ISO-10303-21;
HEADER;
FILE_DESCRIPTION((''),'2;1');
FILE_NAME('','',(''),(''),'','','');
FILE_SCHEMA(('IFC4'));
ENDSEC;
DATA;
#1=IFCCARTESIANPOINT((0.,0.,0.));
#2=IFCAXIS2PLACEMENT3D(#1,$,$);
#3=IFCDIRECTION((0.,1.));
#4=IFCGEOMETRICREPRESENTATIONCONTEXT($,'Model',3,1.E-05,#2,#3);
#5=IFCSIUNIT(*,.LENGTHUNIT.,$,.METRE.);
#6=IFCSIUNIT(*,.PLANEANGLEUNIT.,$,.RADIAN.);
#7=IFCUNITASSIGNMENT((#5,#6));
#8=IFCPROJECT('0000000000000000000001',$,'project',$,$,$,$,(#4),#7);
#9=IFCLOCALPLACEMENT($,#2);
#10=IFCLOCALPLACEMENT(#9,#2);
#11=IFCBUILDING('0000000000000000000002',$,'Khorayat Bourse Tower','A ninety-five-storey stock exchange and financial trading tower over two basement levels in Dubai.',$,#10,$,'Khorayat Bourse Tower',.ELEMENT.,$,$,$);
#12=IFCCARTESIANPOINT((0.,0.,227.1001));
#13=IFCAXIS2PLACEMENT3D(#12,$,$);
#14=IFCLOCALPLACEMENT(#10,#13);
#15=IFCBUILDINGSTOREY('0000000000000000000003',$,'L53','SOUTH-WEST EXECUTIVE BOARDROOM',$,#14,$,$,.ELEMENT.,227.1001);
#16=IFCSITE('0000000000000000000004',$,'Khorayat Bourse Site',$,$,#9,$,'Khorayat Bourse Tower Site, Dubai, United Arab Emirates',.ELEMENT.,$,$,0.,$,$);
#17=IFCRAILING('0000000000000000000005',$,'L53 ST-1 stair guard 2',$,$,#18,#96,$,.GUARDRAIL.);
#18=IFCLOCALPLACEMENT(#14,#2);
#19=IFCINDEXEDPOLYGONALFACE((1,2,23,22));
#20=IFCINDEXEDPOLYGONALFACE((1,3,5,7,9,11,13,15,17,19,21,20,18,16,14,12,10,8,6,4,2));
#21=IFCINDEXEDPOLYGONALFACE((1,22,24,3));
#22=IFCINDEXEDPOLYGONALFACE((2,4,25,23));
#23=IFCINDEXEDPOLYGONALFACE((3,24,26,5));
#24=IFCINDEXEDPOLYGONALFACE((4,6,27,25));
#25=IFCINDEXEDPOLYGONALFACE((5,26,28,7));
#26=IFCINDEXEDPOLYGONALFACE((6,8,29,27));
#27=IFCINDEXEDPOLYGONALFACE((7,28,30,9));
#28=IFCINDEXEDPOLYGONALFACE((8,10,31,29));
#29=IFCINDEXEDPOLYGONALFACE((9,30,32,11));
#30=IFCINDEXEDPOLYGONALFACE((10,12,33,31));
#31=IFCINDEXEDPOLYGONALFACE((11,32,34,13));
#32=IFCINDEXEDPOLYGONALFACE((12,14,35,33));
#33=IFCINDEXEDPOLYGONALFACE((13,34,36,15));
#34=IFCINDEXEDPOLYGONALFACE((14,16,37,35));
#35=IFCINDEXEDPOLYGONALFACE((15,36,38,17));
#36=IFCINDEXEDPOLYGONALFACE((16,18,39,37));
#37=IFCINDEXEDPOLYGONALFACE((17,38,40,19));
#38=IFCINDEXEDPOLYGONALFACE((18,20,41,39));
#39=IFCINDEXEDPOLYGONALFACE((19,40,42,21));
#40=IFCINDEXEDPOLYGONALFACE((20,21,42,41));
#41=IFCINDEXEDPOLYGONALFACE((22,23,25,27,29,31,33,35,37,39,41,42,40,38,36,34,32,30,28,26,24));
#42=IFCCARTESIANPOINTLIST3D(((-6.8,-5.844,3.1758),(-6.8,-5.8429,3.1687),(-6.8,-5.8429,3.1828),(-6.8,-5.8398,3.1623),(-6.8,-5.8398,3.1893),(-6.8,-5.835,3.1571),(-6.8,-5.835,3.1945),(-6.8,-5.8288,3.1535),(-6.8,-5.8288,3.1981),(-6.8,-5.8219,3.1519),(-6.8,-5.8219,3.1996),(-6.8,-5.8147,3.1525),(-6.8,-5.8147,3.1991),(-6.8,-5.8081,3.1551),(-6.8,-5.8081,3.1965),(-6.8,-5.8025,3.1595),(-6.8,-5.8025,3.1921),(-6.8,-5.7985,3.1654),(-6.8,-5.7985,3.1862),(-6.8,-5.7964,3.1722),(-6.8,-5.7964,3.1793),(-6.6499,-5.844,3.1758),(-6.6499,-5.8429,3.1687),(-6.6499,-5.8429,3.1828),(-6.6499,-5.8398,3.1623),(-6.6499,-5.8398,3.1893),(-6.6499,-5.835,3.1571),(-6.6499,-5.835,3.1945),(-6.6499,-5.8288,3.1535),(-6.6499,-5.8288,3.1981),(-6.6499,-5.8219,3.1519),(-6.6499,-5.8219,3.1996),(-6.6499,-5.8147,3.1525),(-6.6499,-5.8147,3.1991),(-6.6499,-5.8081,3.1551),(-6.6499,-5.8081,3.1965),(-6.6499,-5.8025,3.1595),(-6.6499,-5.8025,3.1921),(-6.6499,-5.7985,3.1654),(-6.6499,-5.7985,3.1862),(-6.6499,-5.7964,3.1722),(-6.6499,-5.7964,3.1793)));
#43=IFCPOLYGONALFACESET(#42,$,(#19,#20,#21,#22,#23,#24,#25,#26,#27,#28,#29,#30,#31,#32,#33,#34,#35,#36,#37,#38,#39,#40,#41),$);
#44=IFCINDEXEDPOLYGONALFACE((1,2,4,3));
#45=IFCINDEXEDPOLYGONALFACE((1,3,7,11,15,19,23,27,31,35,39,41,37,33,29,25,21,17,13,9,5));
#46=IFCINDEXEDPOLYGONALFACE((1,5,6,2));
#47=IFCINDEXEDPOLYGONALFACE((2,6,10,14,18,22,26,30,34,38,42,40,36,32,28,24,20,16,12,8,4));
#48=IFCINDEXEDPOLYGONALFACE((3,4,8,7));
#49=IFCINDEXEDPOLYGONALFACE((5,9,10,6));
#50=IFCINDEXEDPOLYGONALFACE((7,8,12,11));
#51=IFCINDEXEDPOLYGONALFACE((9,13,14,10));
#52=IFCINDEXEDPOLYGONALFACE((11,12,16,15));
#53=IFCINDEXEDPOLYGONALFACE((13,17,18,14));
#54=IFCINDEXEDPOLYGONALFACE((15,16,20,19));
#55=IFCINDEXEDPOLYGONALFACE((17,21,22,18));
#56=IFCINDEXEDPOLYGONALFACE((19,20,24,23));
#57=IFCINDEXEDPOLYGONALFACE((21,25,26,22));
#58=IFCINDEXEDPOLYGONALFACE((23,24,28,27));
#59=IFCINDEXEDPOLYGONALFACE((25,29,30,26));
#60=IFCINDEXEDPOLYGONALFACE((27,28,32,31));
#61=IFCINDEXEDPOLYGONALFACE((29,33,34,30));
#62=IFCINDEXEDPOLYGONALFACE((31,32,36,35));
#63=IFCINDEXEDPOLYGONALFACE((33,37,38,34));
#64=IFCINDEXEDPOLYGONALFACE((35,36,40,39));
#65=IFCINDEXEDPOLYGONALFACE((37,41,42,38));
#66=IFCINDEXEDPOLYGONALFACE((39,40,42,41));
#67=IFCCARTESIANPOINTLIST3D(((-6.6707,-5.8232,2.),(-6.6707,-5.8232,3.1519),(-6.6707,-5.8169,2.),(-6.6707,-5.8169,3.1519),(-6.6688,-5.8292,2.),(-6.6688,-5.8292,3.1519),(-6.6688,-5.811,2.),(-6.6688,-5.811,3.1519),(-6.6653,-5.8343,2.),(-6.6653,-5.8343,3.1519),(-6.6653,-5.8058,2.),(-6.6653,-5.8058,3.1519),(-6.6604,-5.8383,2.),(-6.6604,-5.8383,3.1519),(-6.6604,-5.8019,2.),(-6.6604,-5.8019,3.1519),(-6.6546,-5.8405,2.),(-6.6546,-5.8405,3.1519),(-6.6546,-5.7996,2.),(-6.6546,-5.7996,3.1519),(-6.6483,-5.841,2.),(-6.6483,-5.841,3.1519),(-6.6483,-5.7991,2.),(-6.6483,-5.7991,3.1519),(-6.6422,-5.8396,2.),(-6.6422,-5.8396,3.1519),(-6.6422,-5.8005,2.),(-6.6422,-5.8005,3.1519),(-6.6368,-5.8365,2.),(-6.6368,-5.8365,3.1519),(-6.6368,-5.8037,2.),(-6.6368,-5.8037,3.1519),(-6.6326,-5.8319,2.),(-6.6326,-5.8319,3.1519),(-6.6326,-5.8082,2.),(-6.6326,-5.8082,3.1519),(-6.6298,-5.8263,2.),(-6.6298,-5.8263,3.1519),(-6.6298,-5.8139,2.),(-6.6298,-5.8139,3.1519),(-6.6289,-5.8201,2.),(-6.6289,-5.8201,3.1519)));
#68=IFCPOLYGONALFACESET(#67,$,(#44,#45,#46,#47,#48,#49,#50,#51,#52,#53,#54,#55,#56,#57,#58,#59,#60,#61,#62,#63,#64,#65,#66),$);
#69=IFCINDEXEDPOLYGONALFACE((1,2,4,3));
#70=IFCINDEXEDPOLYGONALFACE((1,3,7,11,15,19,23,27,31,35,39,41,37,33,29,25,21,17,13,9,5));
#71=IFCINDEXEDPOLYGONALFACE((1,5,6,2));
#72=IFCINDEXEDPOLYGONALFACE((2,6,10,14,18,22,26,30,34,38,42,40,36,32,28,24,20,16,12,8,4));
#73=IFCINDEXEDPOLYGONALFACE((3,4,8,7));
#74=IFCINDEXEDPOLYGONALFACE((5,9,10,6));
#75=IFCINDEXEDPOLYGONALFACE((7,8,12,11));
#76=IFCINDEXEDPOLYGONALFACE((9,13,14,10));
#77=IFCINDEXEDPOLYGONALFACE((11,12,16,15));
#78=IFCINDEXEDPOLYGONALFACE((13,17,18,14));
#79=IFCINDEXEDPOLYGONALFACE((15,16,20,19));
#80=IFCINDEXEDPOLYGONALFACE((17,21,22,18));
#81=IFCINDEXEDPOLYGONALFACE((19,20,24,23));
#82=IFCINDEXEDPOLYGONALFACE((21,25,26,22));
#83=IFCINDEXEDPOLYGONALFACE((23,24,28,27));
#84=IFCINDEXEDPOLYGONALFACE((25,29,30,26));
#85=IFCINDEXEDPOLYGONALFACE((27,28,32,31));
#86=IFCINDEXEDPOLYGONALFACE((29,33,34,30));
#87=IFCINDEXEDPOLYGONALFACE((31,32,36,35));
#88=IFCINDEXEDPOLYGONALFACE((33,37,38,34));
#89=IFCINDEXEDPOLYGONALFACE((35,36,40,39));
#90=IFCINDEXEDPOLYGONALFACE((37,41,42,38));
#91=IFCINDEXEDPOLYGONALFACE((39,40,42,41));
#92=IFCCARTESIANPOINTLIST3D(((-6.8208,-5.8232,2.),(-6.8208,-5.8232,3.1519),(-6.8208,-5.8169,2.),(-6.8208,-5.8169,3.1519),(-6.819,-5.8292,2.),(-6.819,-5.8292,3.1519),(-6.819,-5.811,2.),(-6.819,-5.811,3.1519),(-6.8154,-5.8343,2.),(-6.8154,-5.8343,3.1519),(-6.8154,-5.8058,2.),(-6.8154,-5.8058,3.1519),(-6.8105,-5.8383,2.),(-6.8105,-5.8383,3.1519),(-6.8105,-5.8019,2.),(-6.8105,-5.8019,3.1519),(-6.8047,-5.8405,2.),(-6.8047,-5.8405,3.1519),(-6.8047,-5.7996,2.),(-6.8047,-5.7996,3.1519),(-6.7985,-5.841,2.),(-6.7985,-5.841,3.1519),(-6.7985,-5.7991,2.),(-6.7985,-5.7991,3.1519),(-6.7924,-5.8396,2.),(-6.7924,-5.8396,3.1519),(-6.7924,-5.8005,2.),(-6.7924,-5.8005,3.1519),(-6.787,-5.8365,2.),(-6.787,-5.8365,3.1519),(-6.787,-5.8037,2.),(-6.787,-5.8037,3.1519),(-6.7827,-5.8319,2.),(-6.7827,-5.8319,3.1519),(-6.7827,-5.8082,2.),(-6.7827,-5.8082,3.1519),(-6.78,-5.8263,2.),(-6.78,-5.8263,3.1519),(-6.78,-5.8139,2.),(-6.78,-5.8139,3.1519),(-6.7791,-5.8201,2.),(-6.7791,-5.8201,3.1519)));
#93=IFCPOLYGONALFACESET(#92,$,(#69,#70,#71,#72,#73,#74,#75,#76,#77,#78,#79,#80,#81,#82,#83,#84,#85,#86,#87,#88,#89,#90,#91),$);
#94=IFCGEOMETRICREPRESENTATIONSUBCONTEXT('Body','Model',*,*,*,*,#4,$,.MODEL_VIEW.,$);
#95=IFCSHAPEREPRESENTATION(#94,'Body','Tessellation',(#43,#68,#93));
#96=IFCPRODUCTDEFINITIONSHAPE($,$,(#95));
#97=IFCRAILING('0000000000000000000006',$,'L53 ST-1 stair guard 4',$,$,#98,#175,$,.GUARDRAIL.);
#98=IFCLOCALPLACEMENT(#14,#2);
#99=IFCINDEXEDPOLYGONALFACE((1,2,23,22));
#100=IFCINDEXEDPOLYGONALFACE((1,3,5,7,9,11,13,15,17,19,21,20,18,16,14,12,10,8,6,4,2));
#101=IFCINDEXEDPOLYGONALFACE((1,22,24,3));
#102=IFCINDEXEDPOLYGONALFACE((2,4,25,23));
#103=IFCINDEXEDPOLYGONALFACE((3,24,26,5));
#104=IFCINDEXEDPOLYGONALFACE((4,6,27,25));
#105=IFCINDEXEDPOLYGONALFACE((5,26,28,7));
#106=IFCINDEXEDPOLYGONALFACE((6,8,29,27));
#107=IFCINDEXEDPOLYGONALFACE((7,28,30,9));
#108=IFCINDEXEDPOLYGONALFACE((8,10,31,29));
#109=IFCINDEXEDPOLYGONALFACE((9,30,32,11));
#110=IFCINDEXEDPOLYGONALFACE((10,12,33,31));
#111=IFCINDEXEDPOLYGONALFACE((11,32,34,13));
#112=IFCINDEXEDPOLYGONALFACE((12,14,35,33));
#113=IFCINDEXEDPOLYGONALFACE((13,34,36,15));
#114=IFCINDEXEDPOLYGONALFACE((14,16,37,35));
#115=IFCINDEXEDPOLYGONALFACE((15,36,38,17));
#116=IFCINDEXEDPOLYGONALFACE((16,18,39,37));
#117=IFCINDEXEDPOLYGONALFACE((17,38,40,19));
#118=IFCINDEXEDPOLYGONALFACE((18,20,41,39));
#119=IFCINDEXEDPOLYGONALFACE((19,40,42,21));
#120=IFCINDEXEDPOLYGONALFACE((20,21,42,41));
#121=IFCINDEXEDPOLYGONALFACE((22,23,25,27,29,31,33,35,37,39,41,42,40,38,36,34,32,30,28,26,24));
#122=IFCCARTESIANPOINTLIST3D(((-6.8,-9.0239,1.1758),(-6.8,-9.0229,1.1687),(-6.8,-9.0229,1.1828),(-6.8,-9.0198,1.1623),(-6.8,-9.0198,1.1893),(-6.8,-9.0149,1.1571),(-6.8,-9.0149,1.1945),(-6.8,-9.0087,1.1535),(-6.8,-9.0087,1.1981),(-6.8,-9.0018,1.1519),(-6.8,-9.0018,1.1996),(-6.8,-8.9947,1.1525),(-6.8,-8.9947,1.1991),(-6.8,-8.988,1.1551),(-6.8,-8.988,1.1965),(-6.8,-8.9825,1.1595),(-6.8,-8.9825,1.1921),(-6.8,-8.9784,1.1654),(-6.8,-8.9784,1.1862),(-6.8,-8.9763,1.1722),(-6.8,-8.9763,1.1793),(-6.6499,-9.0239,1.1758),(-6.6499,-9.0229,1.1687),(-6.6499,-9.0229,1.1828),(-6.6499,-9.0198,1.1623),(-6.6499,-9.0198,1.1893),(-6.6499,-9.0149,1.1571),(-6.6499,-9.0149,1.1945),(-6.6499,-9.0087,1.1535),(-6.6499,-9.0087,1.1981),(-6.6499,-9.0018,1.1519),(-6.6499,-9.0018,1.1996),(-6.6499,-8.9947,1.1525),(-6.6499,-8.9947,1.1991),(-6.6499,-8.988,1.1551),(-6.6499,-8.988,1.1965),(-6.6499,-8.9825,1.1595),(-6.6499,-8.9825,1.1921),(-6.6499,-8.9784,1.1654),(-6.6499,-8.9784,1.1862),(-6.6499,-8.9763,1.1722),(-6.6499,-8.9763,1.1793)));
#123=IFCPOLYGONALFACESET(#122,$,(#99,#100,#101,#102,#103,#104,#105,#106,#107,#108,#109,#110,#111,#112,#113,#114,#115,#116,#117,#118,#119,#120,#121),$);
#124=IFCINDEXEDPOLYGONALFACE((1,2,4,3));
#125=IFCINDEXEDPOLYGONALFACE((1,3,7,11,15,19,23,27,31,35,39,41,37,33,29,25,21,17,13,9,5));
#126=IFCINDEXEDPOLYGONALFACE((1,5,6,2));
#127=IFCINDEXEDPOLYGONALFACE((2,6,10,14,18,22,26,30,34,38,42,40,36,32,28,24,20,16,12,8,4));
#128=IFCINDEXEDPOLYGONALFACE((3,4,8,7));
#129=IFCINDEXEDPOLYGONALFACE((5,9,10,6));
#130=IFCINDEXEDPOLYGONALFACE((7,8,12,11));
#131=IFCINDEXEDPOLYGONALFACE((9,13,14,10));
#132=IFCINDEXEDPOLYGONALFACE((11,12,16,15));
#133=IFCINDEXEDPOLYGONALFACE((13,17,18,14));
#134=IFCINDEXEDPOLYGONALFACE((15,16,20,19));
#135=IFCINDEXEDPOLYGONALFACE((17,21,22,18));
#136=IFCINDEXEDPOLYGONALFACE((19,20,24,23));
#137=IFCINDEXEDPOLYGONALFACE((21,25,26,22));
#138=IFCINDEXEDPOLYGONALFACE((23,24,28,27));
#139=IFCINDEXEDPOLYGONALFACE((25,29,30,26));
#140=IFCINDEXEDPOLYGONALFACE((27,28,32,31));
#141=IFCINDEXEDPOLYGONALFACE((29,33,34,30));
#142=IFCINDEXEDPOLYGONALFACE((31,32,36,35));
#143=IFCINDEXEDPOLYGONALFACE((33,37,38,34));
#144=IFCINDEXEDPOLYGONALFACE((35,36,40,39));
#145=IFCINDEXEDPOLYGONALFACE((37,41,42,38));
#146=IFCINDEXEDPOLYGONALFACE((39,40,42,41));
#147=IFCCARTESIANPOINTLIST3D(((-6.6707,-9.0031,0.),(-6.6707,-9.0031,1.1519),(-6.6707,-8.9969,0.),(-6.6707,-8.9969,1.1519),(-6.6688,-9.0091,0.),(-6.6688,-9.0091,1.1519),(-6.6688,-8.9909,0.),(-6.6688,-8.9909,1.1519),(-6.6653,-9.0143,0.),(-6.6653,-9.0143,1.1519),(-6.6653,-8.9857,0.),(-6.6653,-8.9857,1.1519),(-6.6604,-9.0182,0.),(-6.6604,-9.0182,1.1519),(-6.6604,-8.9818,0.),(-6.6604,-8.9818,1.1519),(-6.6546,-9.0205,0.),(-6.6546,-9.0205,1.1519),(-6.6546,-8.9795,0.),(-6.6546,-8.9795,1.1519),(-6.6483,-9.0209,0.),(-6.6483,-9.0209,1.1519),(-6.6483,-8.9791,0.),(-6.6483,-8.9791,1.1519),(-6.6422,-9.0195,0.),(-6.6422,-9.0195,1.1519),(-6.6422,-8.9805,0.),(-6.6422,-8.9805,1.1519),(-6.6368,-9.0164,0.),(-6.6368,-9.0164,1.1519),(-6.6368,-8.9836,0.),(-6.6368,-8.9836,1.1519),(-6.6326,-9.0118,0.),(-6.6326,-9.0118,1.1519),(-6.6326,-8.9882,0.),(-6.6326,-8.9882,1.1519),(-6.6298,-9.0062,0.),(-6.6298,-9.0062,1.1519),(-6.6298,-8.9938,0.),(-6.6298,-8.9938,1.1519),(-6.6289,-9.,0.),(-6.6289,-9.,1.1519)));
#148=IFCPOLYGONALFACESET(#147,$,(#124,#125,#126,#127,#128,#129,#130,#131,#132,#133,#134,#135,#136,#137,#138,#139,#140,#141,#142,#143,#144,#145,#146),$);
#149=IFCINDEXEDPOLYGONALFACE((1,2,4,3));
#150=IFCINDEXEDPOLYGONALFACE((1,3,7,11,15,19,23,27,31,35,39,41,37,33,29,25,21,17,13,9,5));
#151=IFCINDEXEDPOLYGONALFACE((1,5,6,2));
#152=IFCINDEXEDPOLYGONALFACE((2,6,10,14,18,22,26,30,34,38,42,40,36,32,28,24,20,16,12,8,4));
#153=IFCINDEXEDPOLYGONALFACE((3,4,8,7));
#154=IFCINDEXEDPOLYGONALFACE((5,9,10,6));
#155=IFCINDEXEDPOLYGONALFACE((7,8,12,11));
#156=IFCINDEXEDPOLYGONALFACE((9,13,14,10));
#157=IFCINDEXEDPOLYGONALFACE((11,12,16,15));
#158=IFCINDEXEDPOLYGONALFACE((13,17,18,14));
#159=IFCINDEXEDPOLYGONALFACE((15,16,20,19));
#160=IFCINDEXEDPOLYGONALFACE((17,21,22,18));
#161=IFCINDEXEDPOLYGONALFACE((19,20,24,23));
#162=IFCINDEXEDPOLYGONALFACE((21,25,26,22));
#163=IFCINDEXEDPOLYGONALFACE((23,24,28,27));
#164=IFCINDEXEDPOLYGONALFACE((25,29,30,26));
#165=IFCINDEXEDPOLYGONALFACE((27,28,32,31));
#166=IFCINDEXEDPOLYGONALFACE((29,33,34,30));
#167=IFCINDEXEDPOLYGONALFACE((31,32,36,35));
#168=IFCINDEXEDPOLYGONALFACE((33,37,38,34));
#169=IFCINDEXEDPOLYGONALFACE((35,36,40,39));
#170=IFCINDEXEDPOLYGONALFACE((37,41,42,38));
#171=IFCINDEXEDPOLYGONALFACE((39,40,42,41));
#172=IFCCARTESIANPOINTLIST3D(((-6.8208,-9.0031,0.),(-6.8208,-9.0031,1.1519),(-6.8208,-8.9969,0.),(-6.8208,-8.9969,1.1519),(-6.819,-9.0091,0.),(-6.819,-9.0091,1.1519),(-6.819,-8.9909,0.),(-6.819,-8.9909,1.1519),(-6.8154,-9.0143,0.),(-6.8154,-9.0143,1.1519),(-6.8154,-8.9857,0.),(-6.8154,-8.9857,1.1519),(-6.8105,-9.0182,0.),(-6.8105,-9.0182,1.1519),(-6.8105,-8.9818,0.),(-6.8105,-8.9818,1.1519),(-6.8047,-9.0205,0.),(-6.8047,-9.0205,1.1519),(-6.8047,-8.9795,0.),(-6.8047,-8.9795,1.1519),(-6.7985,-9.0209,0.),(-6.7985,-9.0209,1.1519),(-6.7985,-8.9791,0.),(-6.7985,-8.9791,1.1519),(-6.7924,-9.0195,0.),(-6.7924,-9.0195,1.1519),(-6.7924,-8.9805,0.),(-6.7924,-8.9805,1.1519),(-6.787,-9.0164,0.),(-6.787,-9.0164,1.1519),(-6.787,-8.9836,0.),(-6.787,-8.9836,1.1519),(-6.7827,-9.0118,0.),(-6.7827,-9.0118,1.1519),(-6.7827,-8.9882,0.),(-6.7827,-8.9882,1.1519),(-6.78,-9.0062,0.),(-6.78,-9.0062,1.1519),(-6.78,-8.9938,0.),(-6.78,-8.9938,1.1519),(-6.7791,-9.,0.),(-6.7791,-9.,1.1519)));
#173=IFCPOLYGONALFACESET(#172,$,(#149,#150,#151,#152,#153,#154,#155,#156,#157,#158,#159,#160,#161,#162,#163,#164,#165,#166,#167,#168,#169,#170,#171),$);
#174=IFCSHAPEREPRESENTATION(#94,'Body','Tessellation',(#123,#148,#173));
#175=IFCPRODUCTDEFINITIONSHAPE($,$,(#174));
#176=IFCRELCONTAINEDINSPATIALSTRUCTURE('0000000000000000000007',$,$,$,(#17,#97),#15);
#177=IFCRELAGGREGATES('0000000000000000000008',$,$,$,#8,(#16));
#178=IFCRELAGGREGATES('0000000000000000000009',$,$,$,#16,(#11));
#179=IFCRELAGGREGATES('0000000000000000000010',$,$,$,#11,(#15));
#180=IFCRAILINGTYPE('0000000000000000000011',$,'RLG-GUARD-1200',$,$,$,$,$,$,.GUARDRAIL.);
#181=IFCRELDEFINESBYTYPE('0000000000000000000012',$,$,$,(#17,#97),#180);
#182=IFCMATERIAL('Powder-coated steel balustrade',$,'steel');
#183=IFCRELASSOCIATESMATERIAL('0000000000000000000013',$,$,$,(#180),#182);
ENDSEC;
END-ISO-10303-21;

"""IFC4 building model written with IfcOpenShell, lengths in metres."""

from ifc_helpers import new_model, si_unit, direction, frame, origin, origin_2d, place, context, subcontext, project, spatial, circle, extrude, source, transform, mapped, material, type_object, element, save


model = new_model("IFC4")

# Units and contexts
model_context = context("Model", 3, precision=1e-05, world=origin(), true_north=direction((0.0, 1.0)))
body_context = subcontext(model_context, "Body", "Model", "MODEL_VIEW")
ifc_project = project(units=[si_unit("LENGTHUNIT", "METRE"), si_unit("PLANEANGLEUNIT", "RADIAN")], contexts=[model_context])

# Site, building, storey
site_placement = place(None, origin())
site = spatial("IfcSite", under=ifc_project, at=site_placement, Name="Khorayat Bourse Site", LongName="Khorayat Bourse Tower Site, Dubai, United Arab Emirates", CompositionType="ELEMENT", RefElevation=0.0)
building_placement = place(site_placement, origin())
building = spatial("IfcBuilding", under=site, at=building_placement, Name="Khorayat Bourse Tower", Description="A ninety-five-storey stock exchange and financial trading tower over two basement levels in Dubai.", LongName="Khorayat Bourse Tower", CompositionType="ELEMENT")
storey_placement = place(building_placement, frame((0.0, 0.0, 227.1001)))
storey = spatial("IfcBuildingStorey", under=building, at=storey_placement, Name="L53", Description="SOUTH-WEST EXECUTIVE BOARDROOM", CompositionType="ELEMENT", Elevation=227.1001)

# Railings
ifc_material_1 = material(Name="Powder-coated steel balustrade", Category="steel")
railing_type_1 = type_object("IfcRailingType", Name="RLG-GUARD-1200", PredefinedType="GUARDRAIL", material=ifc_material_1)
shared_shape_1 = source(origin(), body_context, "Body", "SweptSolid", [
    extrude(circle(Radius=0.0239, at=origin_2d()), frame((0.0, 0.0, 1.1758), z_axis=(-1.0, 0.0, 0.0), x_axis=(0.0, -1.0, 0.0)), (0.0, 0.0, 1.0), 0.1501),
    extrude(circle(Radius=0.021, at=origin_2d()), origin(), (0.0, 0.0, 1.0), 1.1519),
    extrude(circle(Radius=0.021, at=origin_2d()), frame((-0.1501, 0.0, 0.0)), (0.0, 0.0, 1.0), 1.1519),
])
for number, where, name in (
    (1, (-6.6499, -5.8201, 2.0), "L53 ST-1 stair guard 2"),
    (2, (-6.6499, -9.0, 0.0), "L53 ST-1 stair guard 4"),
):
    element("IfcRailing", number, at=place(storey_placement, frame(where)), inside=storey, type_object=railing_type_1, Name=name, PredefinedType="GUARDRAIL", context=body_context, shape_type="MappedRepresentation", body=[
        mapped(shared_shape_1, transform((0.0, 0.0, 0.0), scale=1.0)),
    ])

save(model, "model.ifc")
